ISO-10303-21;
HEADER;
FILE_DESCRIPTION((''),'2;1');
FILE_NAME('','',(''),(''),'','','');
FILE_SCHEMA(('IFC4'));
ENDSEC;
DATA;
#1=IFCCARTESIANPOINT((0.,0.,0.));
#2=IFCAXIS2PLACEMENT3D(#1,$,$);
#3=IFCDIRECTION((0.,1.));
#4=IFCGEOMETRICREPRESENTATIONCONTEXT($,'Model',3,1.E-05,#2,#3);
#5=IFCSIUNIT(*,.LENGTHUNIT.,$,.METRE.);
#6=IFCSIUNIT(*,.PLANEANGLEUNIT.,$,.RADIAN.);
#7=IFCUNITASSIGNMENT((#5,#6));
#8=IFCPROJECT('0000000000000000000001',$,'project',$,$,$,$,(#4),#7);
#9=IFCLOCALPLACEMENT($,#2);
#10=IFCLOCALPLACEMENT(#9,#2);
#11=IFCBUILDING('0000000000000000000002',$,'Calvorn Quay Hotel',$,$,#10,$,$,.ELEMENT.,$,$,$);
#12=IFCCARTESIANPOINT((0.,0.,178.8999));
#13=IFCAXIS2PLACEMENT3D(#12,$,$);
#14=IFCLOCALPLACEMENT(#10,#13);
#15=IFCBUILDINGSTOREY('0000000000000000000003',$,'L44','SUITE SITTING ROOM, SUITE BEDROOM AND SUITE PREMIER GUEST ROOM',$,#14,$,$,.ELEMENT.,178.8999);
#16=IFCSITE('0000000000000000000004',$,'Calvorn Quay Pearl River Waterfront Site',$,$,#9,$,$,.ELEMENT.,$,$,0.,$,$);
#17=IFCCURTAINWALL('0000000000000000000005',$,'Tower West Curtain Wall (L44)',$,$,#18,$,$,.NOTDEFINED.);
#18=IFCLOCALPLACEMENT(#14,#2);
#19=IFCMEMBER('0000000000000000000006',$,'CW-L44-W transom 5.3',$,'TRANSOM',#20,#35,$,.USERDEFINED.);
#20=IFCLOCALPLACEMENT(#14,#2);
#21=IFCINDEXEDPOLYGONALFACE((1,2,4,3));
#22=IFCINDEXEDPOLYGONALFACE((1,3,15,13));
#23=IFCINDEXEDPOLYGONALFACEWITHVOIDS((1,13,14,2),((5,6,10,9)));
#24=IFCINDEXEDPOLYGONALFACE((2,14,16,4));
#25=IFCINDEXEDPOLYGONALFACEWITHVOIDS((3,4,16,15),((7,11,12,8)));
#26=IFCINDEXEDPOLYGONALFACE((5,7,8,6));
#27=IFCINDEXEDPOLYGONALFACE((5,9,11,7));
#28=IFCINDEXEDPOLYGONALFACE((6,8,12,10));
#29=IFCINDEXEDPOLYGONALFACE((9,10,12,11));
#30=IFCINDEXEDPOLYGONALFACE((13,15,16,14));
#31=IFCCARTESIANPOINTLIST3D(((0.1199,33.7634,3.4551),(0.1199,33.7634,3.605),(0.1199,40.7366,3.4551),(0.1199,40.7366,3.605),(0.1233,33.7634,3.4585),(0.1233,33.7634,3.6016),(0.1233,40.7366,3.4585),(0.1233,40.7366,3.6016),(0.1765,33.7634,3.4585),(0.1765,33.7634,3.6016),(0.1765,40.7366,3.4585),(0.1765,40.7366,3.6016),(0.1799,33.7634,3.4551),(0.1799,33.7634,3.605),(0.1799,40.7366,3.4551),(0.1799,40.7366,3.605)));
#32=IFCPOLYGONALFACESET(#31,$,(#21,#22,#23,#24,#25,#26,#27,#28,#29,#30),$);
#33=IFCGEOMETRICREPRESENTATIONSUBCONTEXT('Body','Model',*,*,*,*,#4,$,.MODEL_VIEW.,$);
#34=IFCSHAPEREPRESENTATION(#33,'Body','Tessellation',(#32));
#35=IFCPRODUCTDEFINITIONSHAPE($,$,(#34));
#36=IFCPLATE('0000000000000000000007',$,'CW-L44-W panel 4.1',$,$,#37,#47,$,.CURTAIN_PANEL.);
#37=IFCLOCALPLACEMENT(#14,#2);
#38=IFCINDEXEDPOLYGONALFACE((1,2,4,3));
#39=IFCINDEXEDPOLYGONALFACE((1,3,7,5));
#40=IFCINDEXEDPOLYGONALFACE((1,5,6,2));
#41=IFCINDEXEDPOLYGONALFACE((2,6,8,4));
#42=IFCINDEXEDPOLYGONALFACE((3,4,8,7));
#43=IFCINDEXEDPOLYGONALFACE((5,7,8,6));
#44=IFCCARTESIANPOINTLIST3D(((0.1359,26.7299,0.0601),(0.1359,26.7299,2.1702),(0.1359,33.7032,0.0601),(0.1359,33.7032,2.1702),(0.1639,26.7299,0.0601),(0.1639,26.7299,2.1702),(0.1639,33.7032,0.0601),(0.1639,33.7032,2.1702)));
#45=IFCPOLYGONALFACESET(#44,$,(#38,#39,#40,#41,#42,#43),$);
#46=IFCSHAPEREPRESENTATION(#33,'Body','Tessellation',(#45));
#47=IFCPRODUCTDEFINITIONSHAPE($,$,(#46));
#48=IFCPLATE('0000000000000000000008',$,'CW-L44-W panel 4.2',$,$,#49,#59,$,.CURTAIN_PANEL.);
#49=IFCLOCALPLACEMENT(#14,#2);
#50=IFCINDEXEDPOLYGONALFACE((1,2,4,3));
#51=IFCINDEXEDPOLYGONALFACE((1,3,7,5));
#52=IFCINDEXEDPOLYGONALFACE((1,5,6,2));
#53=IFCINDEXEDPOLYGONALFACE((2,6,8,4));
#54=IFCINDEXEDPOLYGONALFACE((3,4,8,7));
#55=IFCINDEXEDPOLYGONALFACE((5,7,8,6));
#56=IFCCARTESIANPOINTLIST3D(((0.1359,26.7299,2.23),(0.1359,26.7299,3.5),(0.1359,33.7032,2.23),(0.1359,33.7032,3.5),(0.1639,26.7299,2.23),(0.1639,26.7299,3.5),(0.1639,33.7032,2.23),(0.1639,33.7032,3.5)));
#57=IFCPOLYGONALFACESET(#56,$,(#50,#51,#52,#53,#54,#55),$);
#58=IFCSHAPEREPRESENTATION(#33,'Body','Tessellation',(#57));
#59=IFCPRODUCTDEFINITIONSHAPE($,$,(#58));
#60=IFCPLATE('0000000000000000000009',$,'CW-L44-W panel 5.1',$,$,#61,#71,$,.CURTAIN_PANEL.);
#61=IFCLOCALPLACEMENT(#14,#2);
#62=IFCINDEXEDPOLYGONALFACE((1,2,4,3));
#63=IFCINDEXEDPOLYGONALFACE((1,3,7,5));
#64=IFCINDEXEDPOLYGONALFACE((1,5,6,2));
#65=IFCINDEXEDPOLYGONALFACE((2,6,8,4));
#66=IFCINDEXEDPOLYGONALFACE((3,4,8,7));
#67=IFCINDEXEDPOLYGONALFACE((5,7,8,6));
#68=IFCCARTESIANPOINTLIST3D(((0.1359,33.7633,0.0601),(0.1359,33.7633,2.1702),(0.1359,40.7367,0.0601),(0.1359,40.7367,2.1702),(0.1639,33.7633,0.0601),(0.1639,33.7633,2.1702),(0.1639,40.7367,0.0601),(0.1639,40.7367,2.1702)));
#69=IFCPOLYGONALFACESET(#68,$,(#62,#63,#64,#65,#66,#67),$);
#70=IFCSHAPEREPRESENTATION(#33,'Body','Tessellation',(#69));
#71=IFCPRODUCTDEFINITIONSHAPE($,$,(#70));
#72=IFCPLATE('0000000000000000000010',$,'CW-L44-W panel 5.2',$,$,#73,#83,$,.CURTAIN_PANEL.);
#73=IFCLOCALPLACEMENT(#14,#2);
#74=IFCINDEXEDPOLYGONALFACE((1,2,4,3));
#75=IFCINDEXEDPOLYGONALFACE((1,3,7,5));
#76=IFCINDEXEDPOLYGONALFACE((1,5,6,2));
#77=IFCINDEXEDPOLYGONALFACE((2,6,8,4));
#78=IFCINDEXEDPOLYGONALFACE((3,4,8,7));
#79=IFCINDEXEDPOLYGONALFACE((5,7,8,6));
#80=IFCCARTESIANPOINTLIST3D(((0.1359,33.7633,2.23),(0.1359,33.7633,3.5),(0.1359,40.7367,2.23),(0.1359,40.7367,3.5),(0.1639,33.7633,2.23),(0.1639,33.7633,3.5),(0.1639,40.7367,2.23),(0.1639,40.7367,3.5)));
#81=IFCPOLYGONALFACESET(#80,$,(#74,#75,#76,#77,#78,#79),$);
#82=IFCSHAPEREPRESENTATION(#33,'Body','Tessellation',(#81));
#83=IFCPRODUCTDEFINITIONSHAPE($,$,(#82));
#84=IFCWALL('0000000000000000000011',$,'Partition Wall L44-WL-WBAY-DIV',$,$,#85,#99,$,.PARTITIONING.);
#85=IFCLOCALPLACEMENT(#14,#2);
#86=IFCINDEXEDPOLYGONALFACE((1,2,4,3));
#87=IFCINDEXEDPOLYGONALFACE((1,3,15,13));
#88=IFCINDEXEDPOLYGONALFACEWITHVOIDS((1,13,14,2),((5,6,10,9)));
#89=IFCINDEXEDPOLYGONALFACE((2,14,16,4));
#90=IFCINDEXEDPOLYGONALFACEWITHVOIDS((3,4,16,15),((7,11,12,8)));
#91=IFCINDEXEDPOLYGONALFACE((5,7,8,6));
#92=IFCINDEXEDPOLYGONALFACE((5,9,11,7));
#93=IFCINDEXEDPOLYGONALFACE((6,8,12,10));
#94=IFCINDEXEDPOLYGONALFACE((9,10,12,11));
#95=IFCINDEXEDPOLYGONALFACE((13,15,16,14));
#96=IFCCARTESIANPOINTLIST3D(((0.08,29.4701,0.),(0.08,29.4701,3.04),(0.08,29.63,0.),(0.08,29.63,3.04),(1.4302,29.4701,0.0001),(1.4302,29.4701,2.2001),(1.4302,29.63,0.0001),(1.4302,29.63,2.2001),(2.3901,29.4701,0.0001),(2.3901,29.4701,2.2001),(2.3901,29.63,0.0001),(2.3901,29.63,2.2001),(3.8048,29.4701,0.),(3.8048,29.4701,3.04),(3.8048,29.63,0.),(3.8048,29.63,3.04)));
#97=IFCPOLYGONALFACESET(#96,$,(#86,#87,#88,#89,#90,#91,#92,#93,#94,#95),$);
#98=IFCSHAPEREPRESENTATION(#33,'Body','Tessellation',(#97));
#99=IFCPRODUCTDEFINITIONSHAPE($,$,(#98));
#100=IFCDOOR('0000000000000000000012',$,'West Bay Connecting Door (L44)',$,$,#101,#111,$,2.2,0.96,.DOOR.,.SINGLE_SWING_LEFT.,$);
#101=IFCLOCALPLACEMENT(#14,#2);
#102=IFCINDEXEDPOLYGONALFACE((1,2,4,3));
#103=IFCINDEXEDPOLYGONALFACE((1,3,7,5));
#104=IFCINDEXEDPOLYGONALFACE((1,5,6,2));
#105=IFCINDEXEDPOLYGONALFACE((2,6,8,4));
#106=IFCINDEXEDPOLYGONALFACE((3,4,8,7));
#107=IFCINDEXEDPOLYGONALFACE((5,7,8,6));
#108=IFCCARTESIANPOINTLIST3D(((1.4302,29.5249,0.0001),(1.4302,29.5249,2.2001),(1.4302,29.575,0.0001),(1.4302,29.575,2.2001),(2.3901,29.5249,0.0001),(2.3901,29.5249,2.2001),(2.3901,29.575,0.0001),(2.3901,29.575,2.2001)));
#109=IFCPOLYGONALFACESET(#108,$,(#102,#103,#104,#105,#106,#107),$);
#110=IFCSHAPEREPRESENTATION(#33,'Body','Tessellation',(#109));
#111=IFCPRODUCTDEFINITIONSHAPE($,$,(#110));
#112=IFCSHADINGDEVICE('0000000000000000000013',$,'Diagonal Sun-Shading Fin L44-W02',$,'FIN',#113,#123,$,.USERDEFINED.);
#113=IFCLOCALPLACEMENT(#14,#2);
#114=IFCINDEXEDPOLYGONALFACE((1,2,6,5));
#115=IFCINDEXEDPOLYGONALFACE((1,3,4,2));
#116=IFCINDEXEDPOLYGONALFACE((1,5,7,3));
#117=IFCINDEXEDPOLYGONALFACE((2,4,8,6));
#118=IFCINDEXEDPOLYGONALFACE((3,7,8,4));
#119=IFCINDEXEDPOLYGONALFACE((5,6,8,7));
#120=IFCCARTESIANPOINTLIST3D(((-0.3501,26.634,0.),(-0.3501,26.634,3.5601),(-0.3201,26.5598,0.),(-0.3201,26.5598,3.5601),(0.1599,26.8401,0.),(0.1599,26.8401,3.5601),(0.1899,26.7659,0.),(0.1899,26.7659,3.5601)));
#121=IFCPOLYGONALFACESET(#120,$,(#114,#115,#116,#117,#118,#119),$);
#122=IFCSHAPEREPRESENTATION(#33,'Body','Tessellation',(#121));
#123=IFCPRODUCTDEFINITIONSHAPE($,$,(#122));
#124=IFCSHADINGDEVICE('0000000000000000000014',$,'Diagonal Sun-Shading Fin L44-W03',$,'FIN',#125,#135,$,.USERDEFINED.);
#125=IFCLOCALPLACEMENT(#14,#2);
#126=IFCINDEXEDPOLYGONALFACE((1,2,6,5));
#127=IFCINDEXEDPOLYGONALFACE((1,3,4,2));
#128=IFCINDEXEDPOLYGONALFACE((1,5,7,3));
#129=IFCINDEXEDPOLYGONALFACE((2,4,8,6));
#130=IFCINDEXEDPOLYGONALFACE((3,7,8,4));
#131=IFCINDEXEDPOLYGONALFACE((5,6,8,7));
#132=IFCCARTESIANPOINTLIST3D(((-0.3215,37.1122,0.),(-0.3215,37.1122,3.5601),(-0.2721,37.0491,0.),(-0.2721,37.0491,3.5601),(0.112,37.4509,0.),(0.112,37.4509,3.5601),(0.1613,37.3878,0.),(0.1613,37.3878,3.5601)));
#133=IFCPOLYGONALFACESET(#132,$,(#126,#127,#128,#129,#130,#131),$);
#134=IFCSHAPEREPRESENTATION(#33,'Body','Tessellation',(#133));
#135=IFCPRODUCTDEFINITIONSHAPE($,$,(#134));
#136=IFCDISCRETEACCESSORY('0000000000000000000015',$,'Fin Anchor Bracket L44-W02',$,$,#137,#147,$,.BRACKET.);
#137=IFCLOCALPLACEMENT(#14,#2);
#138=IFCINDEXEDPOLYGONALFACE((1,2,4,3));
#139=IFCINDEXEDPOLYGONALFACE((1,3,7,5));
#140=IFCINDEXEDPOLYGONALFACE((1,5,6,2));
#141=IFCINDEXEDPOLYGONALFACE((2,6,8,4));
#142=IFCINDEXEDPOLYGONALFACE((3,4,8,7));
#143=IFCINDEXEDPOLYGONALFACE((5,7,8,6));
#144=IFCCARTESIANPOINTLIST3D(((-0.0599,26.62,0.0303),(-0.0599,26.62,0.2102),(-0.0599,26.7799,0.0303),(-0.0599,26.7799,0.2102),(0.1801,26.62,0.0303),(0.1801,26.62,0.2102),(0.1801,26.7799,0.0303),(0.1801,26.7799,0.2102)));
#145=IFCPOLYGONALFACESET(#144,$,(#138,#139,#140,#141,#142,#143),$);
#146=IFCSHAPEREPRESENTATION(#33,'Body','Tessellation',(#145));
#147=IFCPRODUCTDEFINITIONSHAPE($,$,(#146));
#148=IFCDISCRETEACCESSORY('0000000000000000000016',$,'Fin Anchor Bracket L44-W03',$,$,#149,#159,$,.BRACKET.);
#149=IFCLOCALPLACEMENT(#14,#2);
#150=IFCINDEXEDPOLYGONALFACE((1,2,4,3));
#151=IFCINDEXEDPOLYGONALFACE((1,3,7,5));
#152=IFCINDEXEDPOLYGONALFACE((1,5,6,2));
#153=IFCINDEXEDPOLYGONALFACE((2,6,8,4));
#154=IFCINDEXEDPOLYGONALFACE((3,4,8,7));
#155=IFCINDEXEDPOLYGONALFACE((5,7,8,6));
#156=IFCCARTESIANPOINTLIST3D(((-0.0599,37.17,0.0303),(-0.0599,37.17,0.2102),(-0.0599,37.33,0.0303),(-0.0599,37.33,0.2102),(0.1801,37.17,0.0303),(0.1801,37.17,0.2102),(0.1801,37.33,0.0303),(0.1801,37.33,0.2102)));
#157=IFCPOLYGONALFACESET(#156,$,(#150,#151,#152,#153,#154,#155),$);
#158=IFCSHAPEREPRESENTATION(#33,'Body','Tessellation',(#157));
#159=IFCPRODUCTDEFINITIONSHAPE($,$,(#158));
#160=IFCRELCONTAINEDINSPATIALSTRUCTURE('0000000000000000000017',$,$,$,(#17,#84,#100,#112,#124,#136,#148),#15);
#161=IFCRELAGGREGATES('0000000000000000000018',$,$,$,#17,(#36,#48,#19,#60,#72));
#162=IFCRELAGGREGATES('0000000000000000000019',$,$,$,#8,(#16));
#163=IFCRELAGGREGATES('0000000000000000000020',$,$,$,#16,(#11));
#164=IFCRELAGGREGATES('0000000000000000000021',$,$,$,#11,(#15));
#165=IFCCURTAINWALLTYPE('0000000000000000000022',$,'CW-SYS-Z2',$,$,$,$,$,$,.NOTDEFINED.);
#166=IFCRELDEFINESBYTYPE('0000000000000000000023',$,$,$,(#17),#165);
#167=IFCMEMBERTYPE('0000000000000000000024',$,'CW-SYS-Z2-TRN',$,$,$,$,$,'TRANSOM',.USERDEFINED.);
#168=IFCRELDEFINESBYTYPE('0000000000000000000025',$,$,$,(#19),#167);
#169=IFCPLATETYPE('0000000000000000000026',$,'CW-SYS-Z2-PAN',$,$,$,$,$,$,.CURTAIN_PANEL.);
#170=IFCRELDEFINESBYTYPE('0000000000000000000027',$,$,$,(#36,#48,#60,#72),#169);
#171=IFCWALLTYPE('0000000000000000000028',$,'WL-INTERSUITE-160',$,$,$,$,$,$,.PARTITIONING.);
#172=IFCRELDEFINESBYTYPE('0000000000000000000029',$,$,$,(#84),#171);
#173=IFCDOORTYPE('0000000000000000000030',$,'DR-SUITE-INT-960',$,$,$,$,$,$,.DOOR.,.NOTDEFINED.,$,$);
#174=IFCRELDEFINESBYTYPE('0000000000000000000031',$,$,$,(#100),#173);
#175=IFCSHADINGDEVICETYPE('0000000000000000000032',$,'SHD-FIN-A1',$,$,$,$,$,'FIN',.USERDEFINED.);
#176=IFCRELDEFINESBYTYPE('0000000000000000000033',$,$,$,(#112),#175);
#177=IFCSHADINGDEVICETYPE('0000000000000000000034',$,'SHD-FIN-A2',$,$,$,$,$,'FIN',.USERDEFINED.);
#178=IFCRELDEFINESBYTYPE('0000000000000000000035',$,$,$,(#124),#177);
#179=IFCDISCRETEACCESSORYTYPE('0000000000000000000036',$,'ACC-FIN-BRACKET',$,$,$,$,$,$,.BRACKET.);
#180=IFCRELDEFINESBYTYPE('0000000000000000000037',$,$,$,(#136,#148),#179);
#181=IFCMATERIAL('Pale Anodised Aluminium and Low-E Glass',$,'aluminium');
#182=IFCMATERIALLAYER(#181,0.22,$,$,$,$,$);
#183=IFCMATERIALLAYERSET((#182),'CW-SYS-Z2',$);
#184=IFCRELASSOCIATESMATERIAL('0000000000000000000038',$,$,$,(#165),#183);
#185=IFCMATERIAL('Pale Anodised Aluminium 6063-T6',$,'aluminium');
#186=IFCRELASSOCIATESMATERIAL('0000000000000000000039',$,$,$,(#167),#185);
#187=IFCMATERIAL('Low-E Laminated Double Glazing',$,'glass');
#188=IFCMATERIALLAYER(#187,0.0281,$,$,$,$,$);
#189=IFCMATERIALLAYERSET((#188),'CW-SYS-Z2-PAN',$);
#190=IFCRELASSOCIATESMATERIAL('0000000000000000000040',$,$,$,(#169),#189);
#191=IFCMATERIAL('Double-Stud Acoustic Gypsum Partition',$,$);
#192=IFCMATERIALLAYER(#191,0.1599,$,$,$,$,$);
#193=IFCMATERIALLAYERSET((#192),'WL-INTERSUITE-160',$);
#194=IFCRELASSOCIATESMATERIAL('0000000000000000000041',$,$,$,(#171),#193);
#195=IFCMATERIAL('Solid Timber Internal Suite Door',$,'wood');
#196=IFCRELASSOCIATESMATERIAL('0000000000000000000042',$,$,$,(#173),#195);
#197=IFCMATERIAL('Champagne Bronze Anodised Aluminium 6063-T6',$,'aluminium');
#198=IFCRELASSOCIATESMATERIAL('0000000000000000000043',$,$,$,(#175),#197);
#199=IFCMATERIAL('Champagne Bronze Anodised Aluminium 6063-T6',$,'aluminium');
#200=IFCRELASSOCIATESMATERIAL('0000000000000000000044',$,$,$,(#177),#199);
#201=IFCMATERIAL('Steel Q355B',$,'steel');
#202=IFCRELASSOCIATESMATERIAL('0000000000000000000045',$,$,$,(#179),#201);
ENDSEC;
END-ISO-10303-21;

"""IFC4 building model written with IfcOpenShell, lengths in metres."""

from ifc_helpers import new_model, si_unit, direction, frame, frame_2d, origin, origin_2d, place, context, subcontext, project, spatial, rectangle, hollow_rectangle, extrude, material, layer, layer_set, material_profile, profile_set, type_object, element, fill, aggregate, save


model = new_model("IFC4")

# Units and contexts
model_context = context("Model", 3, precision=1e-05, world=origin(), true_north=direction((0.0, 1.0)))
body_context = subcontext(model_context, "Body", "Model", "MODEL_VIEW")
ifc_project = project(units=[si_unit("LENGTHUNIT", "METRE"), si_unit("PLANEANGLEUNIT", "RADIAN")], contexts=[model_context])

# Site, building, storey
site_placement = place(None, origin())
site = spatial("IfcSite", under=ifc_project, at=site_placement, Name="Calvorn Quay Pearl River Waterfront Site", CompositionType="ELEMENT", RefElevation=0.0)
building_placement = place(site_placement, origin())
building = spatial("IfcBuilding", under=site, at=building_placement, Name="Calvorn Quay Hotel", CompositionType="ELEMENT")
storey_placement = place(building_placement, frame((0.0, 0.0, 178.8999)))
storey = spatial("IfcBuildingStorey", under=building, at=storey_placement, Name="L44", Description="SUITE SITTING ROOM, SUITE BEDROOM AND SUITE PREMIER GUEST ROOM", CompositionType="ELEMENT", Elevation=178.8999)

# Curtain wall, member, plates
ifc_material_1 = material(Name="Pale Anodised Aluminium and Low-E Glass", Category="aluminium")
ifc_layer_1 = layer(ifc_material_1, 0.22)
ifc_layer_set_1 = layer_set([ifc_layer_1], Name="CW-SYS-Z2")
curtain_wall_type = type_object("IfcCurtainWallType", Name="CW-SYS-Z2", PredefinedType="NOTDEFINED", material=ifc_layer_set_1)
curtain_wall_placement = place(storey_placement, origin())
curtain_wall = element("IfcCurtainWall", 1, at=curtain_wall_placement, inside=storey, type_object=curtain_wall_type, Name="Tower West Curtain Wall (L44)", PredefinedType="NOTDEFINED")
ifc_material_2 = material(Name="Pale Anodised Aluminium 6063-T6", Category="aluminium")
ifc_material_profile_1 = material_profile(ifc_material_2, hollow_rectangle(XDim=0.0601, YDim=0.1499, WallThickness=0.0034, at=origin_2d()), Name="ALU-T150x60x3.5")
ifc_profile_set_1 = profile_set([ifc_material_profile_1], Name="Pale Anodised Aluminium 6063-T6")
member_type_1 = type_object("IfcMemberType", Name="CW-SYS-Z2-TRN", ElementType="TRANSOM", PredefinedType="USERDEFINED", material=ifc_profile_set_1)
member_1_placement = place(storey_placement, frame((0.1499, 33.7634, 3.53), z_axis=(0.0, 1.0, 0.0), x_axis=(-1.0, 0.0, 0.0)))
member_1 = element("IfcMember", 2, at=member_1_placement, type_object=member_type_1, Name="CW-L44-W transom 5.3", ObjectType="TRANSOM", PredefinedType="USERDEFINED", context=body_context, shape_type="SweptSolid", body=[
    extrude(hollow_rectangle(XDim=0.0601, YDim=0.1499, WallThickness=0.0034, at=origin_2d()), origin(), (0.0, 0.0, 1.0), 6.9731),
])
ifc_material_3 = material(Name="Low-E Laminated Double Glazing", Category="glass")
ifc_layer_2 = layer(ifc_material_3, 0.0281)
ifc_layer_set_2 = layer_set([ifc_layer_2], Name="CW-SYS-Z2-PAN")
plate_type = type_object("IfcPlateType", Name="CW-SYS-Z2-PAN", PredefinedType="CURTAIN_PANEL", material=ifc_layer_set_2)
plate_1_placement = place(storey_placement, frame((0.1499, 30.2166, 0.0601), z_axis=(0.0, 0.0, 1.0), x_axis=(0.0, 1.0, 0.0)))
plate_1 = element("IfcPlate", 3, at=plate_1_placement, type_object=plate_type, Name="CW-L44-W panel 4.1", PredefinedType="CURTAIN_PANEL", context=body_context, shape_type="SweptSolid", body=[
    extrude(rectangle(XDim=6.9734, YDim=0.0281, at=origin_2d()), origin(), (0.0, 0.0, 1.0), 2.1101),
])
plate_2_placement = place(storey_placement, frame((0.1499, 30.2166, 2.23), z_axis=(0.0, 0.0, 1.0), x_axis=(0.0, 1.0, 0.0)))
plate_2 = element("IfcPlate", 4, at=plate_2_placement, type_object=plate_type, Name="CW-L44-W panel 4.2", PredefinedType="CURTAIN_PANEL", context=body_context, shape_type="SweptSolid", body=[
    extrude(rectangle(XDim=6.9734, YDim=0.0281, at=origin_2d()), origin(), (0.0, 0.0, 1.0), 1.27),
])
plate_3_placement = place(storey_placement, frame((0.1499, 37.25, 0.0601), z_axis=(0.0, 0.0, 1.0), x_axis=(0.0, 1.0, 0.0)))
plate_3 = element("IfcPlate", 5, at=plate_3_placement, type_object=plate_type, Name="CW-L44-W panel 5.1", PredefinedType="CURTAIN_PANEL", context=body_context, shape_type="SweptSolid", body=[
    extrude(rectangle(XDim=6.9734, YDim=0.0281, at=origin_2d()), origin(), (0.0, 0.0, 1.0), 2.1101),
])
plate_4_placement = place(storey_placement, frame((0.1499, 37.25, 2.23), z_axis=(0.0, 0.0, 1.0), x_axis=(0.0, 1.0, 0.0)))
plate_4 = element("IfcPlate", 6, at=plate_4_placement, type_object=plate_type, Name="CW-L44-W panel 5.2", PredefinedType="CURTAIN_PANEL", context=body_context, shape_type="SweptSolid", body=[
    extrude(rectangle(XDim=6.9734, YDim=0.0281, at=origin_2d()), origin(), (0.0, 0.0, 1.0), 1.27),
])
aggregate(curtain_wall, [plate_1, plate_2, member_1, plate_3, plate_4])

# Wall, opening, door
ifc_material_4 = material(Name="Double-Stud Acoustic Gypsum Partition")
ifc_layer_3 = layer(ifc_material_4, 0.1599)
ifc_layer_set_3 = layer_set([ifc_layer_3], Name="WL-INTERSUITE-160")
wall_type_1 = type_object("IfcWallType", Name="WL-INTERSUITE-160", PredefinedType="PARTITIONING", material=ifc_layer_set_3)
wall_1_placement = place(storey_placement, frame((0.0801, 29.55, 0.0), z_axis=(0.0, 0.0, 1.0), x_axis=(1.0, 0.0, 0.0)))
wall_1 = element("IfcWall", 7, at=wall_1_placement, inside=storey, type_object=wall_type_1, Name="Partition Wall L44-WL-WBAY-DIV", PredefinedType="PARTITIONING", context=body_context, shape_type="SweptSolid", body=[
    extrude(rectangle(XDim=3.7249, YDim=0.1599, at=frame_2d((1.8623, 0.0))), origin(), (0.0, 0.0, 1.0), 3.04),
])
opening_1_placement = place(wall_1_placement, frame((1.3501, 0.0, 0.0)))
opening_1 = element("IfcOpeningElement", 8, at=opening_1_placement, cuts=wall_1, PredefinedType="OPENING", context=body_context, shape_type="SweptSolid", body=[
    extrude(rectangle(XDim=0.96, YDim=2.2, at=frame_2d((0.48, 1.1001))), frame((0.0, 0.0898, 0.0), z_axis=(0.0, -1.0, 0.0), x_axis=(1.0, 0.0, 0.0)), (0.0, 0.0, 1.0), 0.1799),
])
ifc_material_5 = material(Name="Solid Timber Internal Suite Door", Category="wood")
door_type_1 = type_object("IfcDoorType", Name="DR-SUITE-INT-960", OperationType="NOTDEFINED", PredefinedType="DOOR", material=ifc_material_5)
door_1_placement = place(opening_1_placement, origin())
door_1 = element("IfcDoor", 9, at=door_1_placement, inside=storey, type_object=door_type_1, Name="West Bay Connecting Door (L44)", OperationType="SINGLE_SWING_LEFT", OverallHeight=2.2, OverallWidth=0.96, PredefinedType="DOOR", context=body_context, shape_type="SweptSolid", body=[
    extrude(rectangle(XDim=0.96, YDim=2.2, at=frame_2d((0.48, 1.1001))), frame((0.0, 0.0249, 0.0), z_axis=(0.0, -1.0, 0.0), x_axis=(1.0, 0.0, 0.0)), (0.0, 0.0, 1.0), 0.05),
])
fill(opening_1, door_1)

# Shading devices
ifc_material_6 = material(Name="Champagne Bronze Anodised Aluminium 6063-T6", Category="aluminium")
shading_device_type_1 = type_object("IfcShadingDeviceType", Name="SHD-FIN-A1", ElementType="FIN", PredefinedType="USERDEFINED", material=ifc_material_6)
shading_device_1_placement = place(storey_placement, frame((-0.0801, 26.7, 0.0), z_axis=(0.0, 0.0, 1.0), x_axis=(0.927184, 0.374607, 0.0)))
element("IfcShadingDevice", 10, at=shading_device_1_placement, inside=storey, type_object=shading_device_type_1, Name="Diagonal Sun-Shading Fin L44-W02", ObjectType="FIN", PredefinedType="USERDEFINED", context=body_context, shape_type="SweptSolid", body=[
    extrude(rectangle(XDim=0.55, YDim=0.0801, at=origin_2d()), origin(), (0.0, 0.0, 1.0), 3.5601),
])
ifc_material_7 = material(Name="Champagne Bronze Anodised Aluminium 6063-T6", Category="aluminium")
shading_device_type_2 = type_object("IfcShadingDeviceType", Name="SHD-FIN-A2", ElementType="FIN", PredefinedType="USERDEFINED", material=ifc_material_7)
shading_device_2_placement = place(storey_placement, frame((-0.0801, 37.25, 0.0), z_axis=(0.0, 0.0, 1.0), x_axis=(0.788011, 0.615661, 0.0)))
element("IfcShadingDevice", 11, at=shading_device_2_placement, inside=storey, type_object=shading_device_type_2, Name="Diagonal Sun-Shading Fin L44-W03", ObjectType="FIN", PredefinedType="USERDEFINED", context=body_context, shape_type="SweptSolid", body=[
    extrude(rectangle(XDim=0.55, YDim=0.0801, at=origin_2d()), origin(), (0.0, 0.0, 1.0), 3.5601),
])

# Discrete accessories
ifc_material_8 = material(Name="Steel Q355B", Category="steel")
discrete_accessory_type = type_object("IfcDiscreteAccessoryType", Name="ACC-FIN-BRACKET", PredefinedType="BRACKET", material=ifc_material_8)
for number, where, z_axis, x_axis, name in (
    (12, (0.0601, 26.7, 0.0303), (0.0, 0.0, 1.0), (1.0, 0.0, 0.0), "Fin Anchor Bracket L44-W02"),
    (13, (0.0601, 37.25, 0.0303), (0.0, 0.0, 1.0), (1.0, 0.0, 0.0), "Fin Anchor Bracket L44-W03"),
):
    element("IfcDiscreteAccessory", number, at=place(storey_placement, frame(where, z_axis=z_axis, x_axis=x_axis)), inside=storey, type_object=discrete_accessory_type, Name=name, PredefinedType="BRACKET", context=body_context, shape_type="SweptSolid", body=[
        extrude(rectangle(XDim=0.24, YDim=0.1599, at=origin_2d()), origin(), (0.0, 0.0, 1.0), 0.1799),
    ])

save(model, "model.ifc")
